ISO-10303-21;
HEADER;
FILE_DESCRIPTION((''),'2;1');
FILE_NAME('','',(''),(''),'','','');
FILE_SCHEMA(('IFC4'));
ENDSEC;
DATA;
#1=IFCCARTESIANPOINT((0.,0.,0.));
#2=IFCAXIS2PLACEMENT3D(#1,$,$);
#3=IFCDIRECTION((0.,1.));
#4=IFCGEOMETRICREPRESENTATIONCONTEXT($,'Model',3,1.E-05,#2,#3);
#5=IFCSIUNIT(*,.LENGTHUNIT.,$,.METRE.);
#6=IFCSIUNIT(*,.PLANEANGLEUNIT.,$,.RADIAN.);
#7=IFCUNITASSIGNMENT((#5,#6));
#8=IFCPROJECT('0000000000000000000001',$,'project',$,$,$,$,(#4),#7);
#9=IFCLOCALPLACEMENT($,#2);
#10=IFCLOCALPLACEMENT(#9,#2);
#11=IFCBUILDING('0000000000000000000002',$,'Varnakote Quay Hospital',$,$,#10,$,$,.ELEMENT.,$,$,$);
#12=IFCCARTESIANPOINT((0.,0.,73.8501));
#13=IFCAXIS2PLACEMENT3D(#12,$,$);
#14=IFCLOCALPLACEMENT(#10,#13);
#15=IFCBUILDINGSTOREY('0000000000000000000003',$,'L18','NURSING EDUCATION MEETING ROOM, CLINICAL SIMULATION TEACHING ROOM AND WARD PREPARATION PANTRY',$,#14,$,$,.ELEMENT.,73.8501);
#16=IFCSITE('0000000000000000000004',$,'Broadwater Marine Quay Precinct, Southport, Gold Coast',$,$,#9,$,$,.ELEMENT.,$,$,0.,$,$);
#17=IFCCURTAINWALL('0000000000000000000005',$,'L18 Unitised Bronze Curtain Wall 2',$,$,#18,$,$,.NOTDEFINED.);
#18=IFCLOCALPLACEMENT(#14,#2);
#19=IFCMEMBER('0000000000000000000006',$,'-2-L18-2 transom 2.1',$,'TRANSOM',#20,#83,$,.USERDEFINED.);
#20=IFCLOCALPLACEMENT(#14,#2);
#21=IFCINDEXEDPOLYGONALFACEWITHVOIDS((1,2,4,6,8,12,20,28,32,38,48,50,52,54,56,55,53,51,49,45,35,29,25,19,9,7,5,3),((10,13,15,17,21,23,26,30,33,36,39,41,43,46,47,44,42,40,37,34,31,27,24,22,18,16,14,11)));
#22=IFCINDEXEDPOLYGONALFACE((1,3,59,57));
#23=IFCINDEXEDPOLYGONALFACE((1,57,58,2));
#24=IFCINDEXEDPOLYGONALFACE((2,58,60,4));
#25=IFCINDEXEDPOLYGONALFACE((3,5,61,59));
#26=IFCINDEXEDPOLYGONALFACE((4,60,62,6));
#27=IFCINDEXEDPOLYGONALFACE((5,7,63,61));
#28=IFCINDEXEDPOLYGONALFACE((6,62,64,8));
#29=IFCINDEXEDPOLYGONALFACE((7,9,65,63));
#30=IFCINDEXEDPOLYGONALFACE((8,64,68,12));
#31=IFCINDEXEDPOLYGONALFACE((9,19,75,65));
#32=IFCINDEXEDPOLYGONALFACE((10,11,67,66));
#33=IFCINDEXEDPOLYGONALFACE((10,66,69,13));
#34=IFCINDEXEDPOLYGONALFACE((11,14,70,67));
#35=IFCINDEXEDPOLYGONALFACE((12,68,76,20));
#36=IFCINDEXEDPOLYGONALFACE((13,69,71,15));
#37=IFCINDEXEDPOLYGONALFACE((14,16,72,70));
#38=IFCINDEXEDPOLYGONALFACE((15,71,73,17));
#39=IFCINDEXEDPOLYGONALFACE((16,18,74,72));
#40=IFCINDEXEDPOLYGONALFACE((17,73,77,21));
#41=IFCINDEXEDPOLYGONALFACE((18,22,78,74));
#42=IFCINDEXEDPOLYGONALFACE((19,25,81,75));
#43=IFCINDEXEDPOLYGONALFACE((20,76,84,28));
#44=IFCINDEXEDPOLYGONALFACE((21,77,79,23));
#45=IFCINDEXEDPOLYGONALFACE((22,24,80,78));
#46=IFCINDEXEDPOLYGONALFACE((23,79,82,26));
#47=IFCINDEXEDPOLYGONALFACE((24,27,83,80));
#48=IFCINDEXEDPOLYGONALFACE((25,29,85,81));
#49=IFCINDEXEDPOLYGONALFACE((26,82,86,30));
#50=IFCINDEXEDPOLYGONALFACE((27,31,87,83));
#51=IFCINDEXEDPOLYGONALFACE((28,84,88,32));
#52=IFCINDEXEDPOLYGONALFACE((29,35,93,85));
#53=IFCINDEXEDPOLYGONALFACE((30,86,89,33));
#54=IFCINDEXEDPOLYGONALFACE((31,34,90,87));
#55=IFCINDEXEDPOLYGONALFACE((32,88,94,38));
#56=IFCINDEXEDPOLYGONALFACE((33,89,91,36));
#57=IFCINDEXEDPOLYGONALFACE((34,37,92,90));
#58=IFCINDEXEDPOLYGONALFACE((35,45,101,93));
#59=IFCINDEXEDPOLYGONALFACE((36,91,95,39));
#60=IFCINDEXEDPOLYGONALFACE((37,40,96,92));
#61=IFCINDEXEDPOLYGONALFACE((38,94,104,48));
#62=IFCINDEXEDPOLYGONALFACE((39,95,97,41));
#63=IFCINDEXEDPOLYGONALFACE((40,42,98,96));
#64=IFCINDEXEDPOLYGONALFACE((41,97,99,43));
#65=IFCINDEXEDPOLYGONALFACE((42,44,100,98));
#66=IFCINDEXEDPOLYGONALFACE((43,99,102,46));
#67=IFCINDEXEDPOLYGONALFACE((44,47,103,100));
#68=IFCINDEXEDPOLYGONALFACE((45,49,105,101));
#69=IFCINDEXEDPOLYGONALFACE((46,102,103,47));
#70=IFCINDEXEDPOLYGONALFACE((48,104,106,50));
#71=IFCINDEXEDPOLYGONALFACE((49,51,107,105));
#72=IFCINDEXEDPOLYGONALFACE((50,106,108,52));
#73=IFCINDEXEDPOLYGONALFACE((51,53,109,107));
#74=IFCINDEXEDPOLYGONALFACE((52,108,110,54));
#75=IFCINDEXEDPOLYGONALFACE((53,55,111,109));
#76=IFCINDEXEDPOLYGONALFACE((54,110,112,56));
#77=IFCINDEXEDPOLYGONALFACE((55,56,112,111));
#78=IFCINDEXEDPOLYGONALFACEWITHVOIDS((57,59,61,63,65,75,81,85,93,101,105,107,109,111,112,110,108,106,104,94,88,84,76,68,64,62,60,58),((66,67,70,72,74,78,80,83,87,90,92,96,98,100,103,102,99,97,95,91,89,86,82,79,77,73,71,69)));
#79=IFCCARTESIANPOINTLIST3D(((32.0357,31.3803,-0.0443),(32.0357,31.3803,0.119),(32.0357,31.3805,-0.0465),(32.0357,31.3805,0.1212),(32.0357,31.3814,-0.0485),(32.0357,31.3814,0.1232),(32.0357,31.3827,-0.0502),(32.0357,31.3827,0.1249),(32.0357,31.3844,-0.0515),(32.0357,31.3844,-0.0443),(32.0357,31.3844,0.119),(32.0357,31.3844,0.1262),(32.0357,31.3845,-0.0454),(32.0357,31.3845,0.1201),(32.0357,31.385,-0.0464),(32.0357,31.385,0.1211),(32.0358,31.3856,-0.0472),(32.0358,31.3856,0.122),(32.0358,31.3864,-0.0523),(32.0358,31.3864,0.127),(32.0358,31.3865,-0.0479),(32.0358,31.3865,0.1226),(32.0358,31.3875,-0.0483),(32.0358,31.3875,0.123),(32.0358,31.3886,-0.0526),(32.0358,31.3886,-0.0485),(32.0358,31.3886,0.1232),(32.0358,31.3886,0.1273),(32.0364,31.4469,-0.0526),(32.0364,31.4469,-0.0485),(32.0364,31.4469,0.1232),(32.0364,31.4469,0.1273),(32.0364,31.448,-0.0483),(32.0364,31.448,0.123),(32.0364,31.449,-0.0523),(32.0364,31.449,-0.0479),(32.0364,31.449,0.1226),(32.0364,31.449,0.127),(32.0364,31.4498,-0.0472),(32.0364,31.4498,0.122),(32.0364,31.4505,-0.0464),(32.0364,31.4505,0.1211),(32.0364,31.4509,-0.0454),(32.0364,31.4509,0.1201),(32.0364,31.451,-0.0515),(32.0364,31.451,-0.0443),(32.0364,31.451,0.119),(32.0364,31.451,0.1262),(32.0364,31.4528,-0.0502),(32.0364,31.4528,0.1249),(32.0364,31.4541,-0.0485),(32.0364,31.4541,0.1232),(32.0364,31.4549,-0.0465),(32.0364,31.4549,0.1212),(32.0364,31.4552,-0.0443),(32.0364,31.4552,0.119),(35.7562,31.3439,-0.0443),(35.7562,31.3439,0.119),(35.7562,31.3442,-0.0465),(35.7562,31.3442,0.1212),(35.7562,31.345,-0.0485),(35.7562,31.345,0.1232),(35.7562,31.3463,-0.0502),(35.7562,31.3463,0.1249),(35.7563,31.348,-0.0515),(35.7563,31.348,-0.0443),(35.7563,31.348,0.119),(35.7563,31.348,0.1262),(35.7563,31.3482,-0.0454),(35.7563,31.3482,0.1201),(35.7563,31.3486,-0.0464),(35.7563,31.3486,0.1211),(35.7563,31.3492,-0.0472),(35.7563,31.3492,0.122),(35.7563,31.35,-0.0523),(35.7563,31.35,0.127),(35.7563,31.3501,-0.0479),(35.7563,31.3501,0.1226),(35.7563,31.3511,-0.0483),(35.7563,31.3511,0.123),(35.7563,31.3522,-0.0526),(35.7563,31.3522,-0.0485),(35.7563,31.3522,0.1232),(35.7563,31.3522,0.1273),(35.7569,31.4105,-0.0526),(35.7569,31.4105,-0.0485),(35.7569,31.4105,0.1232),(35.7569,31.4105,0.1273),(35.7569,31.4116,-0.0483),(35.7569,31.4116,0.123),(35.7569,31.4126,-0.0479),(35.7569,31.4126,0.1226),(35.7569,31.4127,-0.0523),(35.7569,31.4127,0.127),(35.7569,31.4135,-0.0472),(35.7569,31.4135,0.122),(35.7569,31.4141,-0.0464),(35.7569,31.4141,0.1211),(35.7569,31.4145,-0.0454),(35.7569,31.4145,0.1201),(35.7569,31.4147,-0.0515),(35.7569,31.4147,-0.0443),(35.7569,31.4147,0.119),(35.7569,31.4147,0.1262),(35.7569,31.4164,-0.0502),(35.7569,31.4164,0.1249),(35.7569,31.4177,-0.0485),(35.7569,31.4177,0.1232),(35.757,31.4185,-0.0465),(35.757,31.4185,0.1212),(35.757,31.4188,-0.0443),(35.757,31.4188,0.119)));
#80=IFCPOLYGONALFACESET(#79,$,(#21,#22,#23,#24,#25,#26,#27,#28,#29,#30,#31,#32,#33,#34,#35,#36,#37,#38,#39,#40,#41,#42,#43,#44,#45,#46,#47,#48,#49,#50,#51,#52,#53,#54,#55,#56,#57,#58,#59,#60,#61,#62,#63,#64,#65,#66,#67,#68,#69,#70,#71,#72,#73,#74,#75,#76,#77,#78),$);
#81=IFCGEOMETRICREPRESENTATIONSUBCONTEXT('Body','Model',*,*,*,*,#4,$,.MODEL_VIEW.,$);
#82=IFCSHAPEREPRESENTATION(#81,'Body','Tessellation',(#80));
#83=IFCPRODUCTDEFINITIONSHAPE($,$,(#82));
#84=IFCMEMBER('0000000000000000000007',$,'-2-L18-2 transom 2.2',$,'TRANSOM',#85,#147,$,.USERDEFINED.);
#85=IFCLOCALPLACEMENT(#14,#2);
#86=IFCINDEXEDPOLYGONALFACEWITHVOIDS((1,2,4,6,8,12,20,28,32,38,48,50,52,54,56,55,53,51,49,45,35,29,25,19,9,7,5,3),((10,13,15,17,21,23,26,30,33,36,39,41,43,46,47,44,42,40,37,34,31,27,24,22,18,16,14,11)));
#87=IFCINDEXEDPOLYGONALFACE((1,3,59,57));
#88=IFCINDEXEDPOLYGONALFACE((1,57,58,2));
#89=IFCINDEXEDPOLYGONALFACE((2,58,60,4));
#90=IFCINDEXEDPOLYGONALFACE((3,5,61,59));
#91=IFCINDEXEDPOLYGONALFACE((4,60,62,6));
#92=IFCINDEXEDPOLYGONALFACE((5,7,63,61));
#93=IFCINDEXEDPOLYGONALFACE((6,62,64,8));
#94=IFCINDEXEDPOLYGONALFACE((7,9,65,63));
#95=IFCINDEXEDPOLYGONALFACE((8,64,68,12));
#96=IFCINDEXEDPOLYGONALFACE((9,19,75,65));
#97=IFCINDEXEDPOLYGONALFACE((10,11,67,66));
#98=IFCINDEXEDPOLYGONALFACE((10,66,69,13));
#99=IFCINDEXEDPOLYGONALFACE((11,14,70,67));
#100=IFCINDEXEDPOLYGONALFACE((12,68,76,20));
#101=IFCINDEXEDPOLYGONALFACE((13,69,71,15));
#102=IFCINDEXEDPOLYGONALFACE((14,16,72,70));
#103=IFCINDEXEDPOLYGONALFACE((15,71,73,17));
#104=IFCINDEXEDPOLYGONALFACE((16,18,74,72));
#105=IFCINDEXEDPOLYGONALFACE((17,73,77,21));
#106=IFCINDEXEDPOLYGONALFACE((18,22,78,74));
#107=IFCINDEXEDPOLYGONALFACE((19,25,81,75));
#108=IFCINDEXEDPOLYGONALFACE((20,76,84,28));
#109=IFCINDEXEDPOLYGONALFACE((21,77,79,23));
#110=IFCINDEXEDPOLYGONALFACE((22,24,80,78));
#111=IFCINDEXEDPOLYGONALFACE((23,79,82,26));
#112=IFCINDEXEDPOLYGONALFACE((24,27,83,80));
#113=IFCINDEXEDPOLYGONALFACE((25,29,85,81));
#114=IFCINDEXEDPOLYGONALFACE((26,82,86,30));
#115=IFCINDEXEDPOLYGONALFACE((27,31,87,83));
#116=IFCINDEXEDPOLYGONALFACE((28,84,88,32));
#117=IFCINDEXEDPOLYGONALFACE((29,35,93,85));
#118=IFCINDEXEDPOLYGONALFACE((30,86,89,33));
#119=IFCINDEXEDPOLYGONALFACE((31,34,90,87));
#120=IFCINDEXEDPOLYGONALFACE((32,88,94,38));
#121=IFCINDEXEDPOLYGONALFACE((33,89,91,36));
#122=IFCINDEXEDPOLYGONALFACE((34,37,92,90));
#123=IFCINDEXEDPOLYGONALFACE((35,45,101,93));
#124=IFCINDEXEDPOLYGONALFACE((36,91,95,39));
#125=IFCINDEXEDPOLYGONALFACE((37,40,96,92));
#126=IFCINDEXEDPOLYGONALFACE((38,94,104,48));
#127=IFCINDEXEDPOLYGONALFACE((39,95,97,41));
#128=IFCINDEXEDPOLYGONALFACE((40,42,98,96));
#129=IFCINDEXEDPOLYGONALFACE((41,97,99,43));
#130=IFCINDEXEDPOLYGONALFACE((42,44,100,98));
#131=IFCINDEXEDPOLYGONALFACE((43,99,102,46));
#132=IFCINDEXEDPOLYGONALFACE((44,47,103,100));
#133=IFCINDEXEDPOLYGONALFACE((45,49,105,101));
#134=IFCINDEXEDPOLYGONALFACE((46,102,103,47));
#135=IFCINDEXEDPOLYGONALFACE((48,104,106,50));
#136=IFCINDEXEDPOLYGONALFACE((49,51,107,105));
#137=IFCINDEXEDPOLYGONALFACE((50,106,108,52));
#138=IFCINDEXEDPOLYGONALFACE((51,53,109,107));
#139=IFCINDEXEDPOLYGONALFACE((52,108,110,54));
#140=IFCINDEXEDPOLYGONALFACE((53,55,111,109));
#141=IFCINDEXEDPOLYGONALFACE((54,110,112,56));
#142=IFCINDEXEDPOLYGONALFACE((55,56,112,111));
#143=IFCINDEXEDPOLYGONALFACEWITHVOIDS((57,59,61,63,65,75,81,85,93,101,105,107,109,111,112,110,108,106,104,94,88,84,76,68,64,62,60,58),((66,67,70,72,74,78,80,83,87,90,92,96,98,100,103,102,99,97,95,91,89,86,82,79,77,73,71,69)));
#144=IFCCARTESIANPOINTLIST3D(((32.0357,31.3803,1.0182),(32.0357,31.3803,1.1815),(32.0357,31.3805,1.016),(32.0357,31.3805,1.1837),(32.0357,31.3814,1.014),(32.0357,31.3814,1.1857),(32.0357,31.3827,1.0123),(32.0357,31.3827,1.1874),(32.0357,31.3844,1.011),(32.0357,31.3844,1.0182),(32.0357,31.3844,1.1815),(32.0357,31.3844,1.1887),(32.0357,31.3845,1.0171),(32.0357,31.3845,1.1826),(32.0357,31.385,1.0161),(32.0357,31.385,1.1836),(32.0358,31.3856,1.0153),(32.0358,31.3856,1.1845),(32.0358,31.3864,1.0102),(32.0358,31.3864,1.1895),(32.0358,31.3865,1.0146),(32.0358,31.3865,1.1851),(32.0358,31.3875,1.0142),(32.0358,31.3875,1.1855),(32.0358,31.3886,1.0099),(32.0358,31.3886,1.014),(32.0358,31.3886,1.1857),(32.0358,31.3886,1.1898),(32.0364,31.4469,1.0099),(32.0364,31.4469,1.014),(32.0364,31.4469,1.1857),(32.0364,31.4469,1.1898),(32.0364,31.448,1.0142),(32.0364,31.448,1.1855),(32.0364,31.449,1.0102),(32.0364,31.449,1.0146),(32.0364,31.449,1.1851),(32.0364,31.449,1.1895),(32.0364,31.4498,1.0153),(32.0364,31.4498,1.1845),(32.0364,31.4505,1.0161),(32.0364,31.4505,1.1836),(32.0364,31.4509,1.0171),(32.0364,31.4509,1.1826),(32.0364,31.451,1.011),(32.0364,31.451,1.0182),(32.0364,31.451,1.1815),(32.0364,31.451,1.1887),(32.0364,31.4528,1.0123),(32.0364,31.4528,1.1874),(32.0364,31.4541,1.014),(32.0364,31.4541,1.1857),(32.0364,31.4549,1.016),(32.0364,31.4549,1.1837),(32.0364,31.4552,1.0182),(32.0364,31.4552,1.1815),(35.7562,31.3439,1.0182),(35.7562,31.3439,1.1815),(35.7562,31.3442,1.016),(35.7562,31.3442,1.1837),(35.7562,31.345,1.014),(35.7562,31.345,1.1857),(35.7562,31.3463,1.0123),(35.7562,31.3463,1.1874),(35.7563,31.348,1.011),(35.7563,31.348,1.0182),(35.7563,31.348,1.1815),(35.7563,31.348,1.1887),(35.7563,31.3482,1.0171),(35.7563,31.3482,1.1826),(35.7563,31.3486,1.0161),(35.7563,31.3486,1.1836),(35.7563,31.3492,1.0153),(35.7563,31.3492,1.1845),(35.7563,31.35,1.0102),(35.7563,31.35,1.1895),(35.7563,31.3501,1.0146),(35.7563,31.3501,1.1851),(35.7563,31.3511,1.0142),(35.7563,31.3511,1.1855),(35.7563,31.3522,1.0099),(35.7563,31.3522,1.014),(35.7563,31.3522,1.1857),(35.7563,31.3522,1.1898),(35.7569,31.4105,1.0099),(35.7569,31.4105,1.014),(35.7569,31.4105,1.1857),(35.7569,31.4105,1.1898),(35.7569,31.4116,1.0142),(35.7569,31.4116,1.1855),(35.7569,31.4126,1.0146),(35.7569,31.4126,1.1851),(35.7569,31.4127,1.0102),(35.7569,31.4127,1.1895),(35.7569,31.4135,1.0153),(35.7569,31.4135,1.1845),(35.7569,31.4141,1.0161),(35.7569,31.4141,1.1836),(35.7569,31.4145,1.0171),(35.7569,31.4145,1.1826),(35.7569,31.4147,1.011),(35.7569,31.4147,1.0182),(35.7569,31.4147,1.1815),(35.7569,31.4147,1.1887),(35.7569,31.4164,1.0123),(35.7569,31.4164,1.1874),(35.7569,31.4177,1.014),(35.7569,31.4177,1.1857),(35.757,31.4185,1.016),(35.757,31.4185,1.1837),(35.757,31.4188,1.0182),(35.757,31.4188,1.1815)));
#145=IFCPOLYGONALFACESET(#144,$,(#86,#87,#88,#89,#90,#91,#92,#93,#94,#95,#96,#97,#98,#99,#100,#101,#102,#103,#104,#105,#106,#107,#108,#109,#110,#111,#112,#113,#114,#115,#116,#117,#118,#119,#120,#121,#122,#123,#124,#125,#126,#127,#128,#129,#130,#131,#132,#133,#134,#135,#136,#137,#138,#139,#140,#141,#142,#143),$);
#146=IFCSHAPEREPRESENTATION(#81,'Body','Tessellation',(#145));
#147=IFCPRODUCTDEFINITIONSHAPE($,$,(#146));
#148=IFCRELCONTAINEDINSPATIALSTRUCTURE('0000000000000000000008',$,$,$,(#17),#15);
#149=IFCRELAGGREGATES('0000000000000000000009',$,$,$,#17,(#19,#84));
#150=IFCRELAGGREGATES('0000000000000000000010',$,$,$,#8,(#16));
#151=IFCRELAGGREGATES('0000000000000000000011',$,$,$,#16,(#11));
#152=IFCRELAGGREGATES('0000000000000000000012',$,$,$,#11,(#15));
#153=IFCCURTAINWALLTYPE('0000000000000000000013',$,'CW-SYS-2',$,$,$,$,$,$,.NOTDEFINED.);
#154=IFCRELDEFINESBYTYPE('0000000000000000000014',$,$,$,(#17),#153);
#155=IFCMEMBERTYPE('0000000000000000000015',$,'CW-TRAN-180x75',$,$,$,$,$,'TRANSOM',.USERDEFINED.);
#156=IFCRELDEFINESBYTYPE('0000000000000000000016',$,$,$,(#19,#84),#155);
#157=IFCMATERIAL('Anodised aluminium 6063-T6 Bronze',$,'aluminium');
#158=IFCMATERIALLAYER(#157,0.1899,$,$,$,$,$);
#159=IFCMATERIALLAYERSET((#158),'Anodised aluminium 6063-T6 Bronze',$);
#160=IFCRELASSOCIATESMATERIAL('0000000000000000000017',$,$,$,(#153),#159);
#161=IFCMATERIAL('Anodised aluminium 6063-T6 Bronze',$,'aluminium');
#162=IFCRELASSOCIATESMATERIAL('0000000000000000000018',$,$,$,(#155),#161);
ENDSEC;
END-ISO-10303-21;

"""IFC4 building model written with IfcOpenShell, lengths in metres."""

from ifc_helpers import new_model, si_unit, direction, frame, origin, origin_2d, place, context, subcontext, project, spatial, hollow_rectangle, extrude, material, layer, layer_set, material_profile, profile_set, type_object, element, aggregate, save


model = new_model("IFC4")

# Units and contexts
model_context = context("Model", 3, precision=1e-05, world=origin(), true_north=direction((0.0, 1.0)))
body_context = subcontext(model_context, "Body", "Model", "MODEL_VIEW")
ifc_project = project(units=[si_unit("LENGTHUNIT", "METRE"), si_unit("PLANEANGLEUNIT", "RADIAN")], contexts=[model_context])

# Site, building, storey
site_placement = place(None, origin())
site = spatial("IfcSite", under=ifc_project, at=site_placement, Name="Broadwater Marine Quay Precinct, Southport, Gold Coast", CompositionType="ELEMENT", RefElevation=0.0)
building_placement = place(site_placement, origin())
building = spatial("IfcBuilding", under=site, at=building_placement, Name="Varnakote Quay Hospital", CompositionType="ELEMENT")
storey_placement = place(building_placement, frame((0.0, 0.0, 73.8501)))
storey = spatial("IfcBuildingStorey", under=building, at=storey_placement, Name="L18", Description="NURSING EDUCATION MEETING ROOM, CLINICAL SIMULATION TEACHING ROOM AND WARD PREPARATION PANTRY", CompositionType="ELEMENT", Elevation=73.8501)

# Shared definitions
ifc_material_1 = material(Name="Anodised aluminium 6063-T6 Bronze", Category="aluminium")
ifc_layer_1 = layer(ifc_material_1, 0.1899)
ifc_layer_set_1 = layer_set([ifc_layer_1], Name="Anodised aluminium 6063-T6 Bronze")
curtain_wall_type = type_object("IfcCurtainWallType", Name="CW-SYS-2", PredefinedType="NOTDEFINED", material=ifc_layer_set_1)

# Curtain wall, members
curtain_wall_1_placement = place(storey_placement, origin())
curtain_wall_1 = element("IfcCurtainWall", 1, at=curtain_wall_1_placement, inside=storey, type_object=curtain_wall_type, Name="L18 Unitised Bronze Curtain Wall 2", PredefinedType="NOTDEFINED")
ifc_material_2 = material(Name="Anodised aluminium 6063-T6 Bronze", Category="aluminium")
ifc_material_profile_1 = material_profile(ifc_material_2, hollow_rectangle(XDim=0.075, YDim=0.1799, WallThickness=0.0042, InnerFilletRadius=0.0042, OuterFilletRadius=0.0083, at=origin_2d()), Name="CW-TRAN-180x75")
ifc_profile_set_1 = profile_set([ifc_material_profile_1], Name="Anodised aluminium 6063-T6 Bronze")
member_type_1 = type_object("IfcMemberType", Name="CW-TRAN-180x75", ElementType="TRANSOM", PredefinedType="USERDEFINED", material=ifc_profile_set_1)
member_1_placement = place(storey_placement, frame((35.7566, 31.3813, 0.0374), z_axis=(-0.999952, 0.009777, 0.0), x_axis=(-0.009777, -0.999952, 0.0)))
member_1 = element("IfcMember", 2, at=member_1_placement, type_object=member_type_1, Name="-2-L18-2 transom 2.1", ObjectType="TRANSOM", PredefinedType="USERDEFINED", context=body_context, shape_type="SweptSolid", body=[
    extrude(hollow_rectangle(XDim=0.075, YDim=0.1799, WallThickness=0.0042, InnerFilletRadius=0.0042, OuterFilletRadius=0.0083, at=origin_2d()), origin(), (0.0, 0.0, 1.0), 3.7207),
])
member_2_placement = place(storey_placement, frame((35.7566, 31.3813, 1.0999), z_axis=(-0.999952, 0.009777, 0.0), x_axis=(-0.009777, -0.999952, 0.0)))
member_2 = element("IfcMember", 3, at=member_2_placement, type_object=member_type_1, Name="-2-L18-2 transom 2.2", ObjectType="TRANSOM", PredefinedType="USERDEFINED", context=body_context, shape_type="SweptSolid", body=[
    extrude(hollow_rectangle(XDim=0.075, YDim=0.1799, WallThickness=0.0042, InnerFilletRadius=0.0042, OuterFilletRadius=0.0083, at=origin_2d()), origin(), (0.0, 0.0, 1.0), 3.7207),
])

aggregate(curtain_wall_1, [member_1, member_2])

save(model, "model.ifc")
